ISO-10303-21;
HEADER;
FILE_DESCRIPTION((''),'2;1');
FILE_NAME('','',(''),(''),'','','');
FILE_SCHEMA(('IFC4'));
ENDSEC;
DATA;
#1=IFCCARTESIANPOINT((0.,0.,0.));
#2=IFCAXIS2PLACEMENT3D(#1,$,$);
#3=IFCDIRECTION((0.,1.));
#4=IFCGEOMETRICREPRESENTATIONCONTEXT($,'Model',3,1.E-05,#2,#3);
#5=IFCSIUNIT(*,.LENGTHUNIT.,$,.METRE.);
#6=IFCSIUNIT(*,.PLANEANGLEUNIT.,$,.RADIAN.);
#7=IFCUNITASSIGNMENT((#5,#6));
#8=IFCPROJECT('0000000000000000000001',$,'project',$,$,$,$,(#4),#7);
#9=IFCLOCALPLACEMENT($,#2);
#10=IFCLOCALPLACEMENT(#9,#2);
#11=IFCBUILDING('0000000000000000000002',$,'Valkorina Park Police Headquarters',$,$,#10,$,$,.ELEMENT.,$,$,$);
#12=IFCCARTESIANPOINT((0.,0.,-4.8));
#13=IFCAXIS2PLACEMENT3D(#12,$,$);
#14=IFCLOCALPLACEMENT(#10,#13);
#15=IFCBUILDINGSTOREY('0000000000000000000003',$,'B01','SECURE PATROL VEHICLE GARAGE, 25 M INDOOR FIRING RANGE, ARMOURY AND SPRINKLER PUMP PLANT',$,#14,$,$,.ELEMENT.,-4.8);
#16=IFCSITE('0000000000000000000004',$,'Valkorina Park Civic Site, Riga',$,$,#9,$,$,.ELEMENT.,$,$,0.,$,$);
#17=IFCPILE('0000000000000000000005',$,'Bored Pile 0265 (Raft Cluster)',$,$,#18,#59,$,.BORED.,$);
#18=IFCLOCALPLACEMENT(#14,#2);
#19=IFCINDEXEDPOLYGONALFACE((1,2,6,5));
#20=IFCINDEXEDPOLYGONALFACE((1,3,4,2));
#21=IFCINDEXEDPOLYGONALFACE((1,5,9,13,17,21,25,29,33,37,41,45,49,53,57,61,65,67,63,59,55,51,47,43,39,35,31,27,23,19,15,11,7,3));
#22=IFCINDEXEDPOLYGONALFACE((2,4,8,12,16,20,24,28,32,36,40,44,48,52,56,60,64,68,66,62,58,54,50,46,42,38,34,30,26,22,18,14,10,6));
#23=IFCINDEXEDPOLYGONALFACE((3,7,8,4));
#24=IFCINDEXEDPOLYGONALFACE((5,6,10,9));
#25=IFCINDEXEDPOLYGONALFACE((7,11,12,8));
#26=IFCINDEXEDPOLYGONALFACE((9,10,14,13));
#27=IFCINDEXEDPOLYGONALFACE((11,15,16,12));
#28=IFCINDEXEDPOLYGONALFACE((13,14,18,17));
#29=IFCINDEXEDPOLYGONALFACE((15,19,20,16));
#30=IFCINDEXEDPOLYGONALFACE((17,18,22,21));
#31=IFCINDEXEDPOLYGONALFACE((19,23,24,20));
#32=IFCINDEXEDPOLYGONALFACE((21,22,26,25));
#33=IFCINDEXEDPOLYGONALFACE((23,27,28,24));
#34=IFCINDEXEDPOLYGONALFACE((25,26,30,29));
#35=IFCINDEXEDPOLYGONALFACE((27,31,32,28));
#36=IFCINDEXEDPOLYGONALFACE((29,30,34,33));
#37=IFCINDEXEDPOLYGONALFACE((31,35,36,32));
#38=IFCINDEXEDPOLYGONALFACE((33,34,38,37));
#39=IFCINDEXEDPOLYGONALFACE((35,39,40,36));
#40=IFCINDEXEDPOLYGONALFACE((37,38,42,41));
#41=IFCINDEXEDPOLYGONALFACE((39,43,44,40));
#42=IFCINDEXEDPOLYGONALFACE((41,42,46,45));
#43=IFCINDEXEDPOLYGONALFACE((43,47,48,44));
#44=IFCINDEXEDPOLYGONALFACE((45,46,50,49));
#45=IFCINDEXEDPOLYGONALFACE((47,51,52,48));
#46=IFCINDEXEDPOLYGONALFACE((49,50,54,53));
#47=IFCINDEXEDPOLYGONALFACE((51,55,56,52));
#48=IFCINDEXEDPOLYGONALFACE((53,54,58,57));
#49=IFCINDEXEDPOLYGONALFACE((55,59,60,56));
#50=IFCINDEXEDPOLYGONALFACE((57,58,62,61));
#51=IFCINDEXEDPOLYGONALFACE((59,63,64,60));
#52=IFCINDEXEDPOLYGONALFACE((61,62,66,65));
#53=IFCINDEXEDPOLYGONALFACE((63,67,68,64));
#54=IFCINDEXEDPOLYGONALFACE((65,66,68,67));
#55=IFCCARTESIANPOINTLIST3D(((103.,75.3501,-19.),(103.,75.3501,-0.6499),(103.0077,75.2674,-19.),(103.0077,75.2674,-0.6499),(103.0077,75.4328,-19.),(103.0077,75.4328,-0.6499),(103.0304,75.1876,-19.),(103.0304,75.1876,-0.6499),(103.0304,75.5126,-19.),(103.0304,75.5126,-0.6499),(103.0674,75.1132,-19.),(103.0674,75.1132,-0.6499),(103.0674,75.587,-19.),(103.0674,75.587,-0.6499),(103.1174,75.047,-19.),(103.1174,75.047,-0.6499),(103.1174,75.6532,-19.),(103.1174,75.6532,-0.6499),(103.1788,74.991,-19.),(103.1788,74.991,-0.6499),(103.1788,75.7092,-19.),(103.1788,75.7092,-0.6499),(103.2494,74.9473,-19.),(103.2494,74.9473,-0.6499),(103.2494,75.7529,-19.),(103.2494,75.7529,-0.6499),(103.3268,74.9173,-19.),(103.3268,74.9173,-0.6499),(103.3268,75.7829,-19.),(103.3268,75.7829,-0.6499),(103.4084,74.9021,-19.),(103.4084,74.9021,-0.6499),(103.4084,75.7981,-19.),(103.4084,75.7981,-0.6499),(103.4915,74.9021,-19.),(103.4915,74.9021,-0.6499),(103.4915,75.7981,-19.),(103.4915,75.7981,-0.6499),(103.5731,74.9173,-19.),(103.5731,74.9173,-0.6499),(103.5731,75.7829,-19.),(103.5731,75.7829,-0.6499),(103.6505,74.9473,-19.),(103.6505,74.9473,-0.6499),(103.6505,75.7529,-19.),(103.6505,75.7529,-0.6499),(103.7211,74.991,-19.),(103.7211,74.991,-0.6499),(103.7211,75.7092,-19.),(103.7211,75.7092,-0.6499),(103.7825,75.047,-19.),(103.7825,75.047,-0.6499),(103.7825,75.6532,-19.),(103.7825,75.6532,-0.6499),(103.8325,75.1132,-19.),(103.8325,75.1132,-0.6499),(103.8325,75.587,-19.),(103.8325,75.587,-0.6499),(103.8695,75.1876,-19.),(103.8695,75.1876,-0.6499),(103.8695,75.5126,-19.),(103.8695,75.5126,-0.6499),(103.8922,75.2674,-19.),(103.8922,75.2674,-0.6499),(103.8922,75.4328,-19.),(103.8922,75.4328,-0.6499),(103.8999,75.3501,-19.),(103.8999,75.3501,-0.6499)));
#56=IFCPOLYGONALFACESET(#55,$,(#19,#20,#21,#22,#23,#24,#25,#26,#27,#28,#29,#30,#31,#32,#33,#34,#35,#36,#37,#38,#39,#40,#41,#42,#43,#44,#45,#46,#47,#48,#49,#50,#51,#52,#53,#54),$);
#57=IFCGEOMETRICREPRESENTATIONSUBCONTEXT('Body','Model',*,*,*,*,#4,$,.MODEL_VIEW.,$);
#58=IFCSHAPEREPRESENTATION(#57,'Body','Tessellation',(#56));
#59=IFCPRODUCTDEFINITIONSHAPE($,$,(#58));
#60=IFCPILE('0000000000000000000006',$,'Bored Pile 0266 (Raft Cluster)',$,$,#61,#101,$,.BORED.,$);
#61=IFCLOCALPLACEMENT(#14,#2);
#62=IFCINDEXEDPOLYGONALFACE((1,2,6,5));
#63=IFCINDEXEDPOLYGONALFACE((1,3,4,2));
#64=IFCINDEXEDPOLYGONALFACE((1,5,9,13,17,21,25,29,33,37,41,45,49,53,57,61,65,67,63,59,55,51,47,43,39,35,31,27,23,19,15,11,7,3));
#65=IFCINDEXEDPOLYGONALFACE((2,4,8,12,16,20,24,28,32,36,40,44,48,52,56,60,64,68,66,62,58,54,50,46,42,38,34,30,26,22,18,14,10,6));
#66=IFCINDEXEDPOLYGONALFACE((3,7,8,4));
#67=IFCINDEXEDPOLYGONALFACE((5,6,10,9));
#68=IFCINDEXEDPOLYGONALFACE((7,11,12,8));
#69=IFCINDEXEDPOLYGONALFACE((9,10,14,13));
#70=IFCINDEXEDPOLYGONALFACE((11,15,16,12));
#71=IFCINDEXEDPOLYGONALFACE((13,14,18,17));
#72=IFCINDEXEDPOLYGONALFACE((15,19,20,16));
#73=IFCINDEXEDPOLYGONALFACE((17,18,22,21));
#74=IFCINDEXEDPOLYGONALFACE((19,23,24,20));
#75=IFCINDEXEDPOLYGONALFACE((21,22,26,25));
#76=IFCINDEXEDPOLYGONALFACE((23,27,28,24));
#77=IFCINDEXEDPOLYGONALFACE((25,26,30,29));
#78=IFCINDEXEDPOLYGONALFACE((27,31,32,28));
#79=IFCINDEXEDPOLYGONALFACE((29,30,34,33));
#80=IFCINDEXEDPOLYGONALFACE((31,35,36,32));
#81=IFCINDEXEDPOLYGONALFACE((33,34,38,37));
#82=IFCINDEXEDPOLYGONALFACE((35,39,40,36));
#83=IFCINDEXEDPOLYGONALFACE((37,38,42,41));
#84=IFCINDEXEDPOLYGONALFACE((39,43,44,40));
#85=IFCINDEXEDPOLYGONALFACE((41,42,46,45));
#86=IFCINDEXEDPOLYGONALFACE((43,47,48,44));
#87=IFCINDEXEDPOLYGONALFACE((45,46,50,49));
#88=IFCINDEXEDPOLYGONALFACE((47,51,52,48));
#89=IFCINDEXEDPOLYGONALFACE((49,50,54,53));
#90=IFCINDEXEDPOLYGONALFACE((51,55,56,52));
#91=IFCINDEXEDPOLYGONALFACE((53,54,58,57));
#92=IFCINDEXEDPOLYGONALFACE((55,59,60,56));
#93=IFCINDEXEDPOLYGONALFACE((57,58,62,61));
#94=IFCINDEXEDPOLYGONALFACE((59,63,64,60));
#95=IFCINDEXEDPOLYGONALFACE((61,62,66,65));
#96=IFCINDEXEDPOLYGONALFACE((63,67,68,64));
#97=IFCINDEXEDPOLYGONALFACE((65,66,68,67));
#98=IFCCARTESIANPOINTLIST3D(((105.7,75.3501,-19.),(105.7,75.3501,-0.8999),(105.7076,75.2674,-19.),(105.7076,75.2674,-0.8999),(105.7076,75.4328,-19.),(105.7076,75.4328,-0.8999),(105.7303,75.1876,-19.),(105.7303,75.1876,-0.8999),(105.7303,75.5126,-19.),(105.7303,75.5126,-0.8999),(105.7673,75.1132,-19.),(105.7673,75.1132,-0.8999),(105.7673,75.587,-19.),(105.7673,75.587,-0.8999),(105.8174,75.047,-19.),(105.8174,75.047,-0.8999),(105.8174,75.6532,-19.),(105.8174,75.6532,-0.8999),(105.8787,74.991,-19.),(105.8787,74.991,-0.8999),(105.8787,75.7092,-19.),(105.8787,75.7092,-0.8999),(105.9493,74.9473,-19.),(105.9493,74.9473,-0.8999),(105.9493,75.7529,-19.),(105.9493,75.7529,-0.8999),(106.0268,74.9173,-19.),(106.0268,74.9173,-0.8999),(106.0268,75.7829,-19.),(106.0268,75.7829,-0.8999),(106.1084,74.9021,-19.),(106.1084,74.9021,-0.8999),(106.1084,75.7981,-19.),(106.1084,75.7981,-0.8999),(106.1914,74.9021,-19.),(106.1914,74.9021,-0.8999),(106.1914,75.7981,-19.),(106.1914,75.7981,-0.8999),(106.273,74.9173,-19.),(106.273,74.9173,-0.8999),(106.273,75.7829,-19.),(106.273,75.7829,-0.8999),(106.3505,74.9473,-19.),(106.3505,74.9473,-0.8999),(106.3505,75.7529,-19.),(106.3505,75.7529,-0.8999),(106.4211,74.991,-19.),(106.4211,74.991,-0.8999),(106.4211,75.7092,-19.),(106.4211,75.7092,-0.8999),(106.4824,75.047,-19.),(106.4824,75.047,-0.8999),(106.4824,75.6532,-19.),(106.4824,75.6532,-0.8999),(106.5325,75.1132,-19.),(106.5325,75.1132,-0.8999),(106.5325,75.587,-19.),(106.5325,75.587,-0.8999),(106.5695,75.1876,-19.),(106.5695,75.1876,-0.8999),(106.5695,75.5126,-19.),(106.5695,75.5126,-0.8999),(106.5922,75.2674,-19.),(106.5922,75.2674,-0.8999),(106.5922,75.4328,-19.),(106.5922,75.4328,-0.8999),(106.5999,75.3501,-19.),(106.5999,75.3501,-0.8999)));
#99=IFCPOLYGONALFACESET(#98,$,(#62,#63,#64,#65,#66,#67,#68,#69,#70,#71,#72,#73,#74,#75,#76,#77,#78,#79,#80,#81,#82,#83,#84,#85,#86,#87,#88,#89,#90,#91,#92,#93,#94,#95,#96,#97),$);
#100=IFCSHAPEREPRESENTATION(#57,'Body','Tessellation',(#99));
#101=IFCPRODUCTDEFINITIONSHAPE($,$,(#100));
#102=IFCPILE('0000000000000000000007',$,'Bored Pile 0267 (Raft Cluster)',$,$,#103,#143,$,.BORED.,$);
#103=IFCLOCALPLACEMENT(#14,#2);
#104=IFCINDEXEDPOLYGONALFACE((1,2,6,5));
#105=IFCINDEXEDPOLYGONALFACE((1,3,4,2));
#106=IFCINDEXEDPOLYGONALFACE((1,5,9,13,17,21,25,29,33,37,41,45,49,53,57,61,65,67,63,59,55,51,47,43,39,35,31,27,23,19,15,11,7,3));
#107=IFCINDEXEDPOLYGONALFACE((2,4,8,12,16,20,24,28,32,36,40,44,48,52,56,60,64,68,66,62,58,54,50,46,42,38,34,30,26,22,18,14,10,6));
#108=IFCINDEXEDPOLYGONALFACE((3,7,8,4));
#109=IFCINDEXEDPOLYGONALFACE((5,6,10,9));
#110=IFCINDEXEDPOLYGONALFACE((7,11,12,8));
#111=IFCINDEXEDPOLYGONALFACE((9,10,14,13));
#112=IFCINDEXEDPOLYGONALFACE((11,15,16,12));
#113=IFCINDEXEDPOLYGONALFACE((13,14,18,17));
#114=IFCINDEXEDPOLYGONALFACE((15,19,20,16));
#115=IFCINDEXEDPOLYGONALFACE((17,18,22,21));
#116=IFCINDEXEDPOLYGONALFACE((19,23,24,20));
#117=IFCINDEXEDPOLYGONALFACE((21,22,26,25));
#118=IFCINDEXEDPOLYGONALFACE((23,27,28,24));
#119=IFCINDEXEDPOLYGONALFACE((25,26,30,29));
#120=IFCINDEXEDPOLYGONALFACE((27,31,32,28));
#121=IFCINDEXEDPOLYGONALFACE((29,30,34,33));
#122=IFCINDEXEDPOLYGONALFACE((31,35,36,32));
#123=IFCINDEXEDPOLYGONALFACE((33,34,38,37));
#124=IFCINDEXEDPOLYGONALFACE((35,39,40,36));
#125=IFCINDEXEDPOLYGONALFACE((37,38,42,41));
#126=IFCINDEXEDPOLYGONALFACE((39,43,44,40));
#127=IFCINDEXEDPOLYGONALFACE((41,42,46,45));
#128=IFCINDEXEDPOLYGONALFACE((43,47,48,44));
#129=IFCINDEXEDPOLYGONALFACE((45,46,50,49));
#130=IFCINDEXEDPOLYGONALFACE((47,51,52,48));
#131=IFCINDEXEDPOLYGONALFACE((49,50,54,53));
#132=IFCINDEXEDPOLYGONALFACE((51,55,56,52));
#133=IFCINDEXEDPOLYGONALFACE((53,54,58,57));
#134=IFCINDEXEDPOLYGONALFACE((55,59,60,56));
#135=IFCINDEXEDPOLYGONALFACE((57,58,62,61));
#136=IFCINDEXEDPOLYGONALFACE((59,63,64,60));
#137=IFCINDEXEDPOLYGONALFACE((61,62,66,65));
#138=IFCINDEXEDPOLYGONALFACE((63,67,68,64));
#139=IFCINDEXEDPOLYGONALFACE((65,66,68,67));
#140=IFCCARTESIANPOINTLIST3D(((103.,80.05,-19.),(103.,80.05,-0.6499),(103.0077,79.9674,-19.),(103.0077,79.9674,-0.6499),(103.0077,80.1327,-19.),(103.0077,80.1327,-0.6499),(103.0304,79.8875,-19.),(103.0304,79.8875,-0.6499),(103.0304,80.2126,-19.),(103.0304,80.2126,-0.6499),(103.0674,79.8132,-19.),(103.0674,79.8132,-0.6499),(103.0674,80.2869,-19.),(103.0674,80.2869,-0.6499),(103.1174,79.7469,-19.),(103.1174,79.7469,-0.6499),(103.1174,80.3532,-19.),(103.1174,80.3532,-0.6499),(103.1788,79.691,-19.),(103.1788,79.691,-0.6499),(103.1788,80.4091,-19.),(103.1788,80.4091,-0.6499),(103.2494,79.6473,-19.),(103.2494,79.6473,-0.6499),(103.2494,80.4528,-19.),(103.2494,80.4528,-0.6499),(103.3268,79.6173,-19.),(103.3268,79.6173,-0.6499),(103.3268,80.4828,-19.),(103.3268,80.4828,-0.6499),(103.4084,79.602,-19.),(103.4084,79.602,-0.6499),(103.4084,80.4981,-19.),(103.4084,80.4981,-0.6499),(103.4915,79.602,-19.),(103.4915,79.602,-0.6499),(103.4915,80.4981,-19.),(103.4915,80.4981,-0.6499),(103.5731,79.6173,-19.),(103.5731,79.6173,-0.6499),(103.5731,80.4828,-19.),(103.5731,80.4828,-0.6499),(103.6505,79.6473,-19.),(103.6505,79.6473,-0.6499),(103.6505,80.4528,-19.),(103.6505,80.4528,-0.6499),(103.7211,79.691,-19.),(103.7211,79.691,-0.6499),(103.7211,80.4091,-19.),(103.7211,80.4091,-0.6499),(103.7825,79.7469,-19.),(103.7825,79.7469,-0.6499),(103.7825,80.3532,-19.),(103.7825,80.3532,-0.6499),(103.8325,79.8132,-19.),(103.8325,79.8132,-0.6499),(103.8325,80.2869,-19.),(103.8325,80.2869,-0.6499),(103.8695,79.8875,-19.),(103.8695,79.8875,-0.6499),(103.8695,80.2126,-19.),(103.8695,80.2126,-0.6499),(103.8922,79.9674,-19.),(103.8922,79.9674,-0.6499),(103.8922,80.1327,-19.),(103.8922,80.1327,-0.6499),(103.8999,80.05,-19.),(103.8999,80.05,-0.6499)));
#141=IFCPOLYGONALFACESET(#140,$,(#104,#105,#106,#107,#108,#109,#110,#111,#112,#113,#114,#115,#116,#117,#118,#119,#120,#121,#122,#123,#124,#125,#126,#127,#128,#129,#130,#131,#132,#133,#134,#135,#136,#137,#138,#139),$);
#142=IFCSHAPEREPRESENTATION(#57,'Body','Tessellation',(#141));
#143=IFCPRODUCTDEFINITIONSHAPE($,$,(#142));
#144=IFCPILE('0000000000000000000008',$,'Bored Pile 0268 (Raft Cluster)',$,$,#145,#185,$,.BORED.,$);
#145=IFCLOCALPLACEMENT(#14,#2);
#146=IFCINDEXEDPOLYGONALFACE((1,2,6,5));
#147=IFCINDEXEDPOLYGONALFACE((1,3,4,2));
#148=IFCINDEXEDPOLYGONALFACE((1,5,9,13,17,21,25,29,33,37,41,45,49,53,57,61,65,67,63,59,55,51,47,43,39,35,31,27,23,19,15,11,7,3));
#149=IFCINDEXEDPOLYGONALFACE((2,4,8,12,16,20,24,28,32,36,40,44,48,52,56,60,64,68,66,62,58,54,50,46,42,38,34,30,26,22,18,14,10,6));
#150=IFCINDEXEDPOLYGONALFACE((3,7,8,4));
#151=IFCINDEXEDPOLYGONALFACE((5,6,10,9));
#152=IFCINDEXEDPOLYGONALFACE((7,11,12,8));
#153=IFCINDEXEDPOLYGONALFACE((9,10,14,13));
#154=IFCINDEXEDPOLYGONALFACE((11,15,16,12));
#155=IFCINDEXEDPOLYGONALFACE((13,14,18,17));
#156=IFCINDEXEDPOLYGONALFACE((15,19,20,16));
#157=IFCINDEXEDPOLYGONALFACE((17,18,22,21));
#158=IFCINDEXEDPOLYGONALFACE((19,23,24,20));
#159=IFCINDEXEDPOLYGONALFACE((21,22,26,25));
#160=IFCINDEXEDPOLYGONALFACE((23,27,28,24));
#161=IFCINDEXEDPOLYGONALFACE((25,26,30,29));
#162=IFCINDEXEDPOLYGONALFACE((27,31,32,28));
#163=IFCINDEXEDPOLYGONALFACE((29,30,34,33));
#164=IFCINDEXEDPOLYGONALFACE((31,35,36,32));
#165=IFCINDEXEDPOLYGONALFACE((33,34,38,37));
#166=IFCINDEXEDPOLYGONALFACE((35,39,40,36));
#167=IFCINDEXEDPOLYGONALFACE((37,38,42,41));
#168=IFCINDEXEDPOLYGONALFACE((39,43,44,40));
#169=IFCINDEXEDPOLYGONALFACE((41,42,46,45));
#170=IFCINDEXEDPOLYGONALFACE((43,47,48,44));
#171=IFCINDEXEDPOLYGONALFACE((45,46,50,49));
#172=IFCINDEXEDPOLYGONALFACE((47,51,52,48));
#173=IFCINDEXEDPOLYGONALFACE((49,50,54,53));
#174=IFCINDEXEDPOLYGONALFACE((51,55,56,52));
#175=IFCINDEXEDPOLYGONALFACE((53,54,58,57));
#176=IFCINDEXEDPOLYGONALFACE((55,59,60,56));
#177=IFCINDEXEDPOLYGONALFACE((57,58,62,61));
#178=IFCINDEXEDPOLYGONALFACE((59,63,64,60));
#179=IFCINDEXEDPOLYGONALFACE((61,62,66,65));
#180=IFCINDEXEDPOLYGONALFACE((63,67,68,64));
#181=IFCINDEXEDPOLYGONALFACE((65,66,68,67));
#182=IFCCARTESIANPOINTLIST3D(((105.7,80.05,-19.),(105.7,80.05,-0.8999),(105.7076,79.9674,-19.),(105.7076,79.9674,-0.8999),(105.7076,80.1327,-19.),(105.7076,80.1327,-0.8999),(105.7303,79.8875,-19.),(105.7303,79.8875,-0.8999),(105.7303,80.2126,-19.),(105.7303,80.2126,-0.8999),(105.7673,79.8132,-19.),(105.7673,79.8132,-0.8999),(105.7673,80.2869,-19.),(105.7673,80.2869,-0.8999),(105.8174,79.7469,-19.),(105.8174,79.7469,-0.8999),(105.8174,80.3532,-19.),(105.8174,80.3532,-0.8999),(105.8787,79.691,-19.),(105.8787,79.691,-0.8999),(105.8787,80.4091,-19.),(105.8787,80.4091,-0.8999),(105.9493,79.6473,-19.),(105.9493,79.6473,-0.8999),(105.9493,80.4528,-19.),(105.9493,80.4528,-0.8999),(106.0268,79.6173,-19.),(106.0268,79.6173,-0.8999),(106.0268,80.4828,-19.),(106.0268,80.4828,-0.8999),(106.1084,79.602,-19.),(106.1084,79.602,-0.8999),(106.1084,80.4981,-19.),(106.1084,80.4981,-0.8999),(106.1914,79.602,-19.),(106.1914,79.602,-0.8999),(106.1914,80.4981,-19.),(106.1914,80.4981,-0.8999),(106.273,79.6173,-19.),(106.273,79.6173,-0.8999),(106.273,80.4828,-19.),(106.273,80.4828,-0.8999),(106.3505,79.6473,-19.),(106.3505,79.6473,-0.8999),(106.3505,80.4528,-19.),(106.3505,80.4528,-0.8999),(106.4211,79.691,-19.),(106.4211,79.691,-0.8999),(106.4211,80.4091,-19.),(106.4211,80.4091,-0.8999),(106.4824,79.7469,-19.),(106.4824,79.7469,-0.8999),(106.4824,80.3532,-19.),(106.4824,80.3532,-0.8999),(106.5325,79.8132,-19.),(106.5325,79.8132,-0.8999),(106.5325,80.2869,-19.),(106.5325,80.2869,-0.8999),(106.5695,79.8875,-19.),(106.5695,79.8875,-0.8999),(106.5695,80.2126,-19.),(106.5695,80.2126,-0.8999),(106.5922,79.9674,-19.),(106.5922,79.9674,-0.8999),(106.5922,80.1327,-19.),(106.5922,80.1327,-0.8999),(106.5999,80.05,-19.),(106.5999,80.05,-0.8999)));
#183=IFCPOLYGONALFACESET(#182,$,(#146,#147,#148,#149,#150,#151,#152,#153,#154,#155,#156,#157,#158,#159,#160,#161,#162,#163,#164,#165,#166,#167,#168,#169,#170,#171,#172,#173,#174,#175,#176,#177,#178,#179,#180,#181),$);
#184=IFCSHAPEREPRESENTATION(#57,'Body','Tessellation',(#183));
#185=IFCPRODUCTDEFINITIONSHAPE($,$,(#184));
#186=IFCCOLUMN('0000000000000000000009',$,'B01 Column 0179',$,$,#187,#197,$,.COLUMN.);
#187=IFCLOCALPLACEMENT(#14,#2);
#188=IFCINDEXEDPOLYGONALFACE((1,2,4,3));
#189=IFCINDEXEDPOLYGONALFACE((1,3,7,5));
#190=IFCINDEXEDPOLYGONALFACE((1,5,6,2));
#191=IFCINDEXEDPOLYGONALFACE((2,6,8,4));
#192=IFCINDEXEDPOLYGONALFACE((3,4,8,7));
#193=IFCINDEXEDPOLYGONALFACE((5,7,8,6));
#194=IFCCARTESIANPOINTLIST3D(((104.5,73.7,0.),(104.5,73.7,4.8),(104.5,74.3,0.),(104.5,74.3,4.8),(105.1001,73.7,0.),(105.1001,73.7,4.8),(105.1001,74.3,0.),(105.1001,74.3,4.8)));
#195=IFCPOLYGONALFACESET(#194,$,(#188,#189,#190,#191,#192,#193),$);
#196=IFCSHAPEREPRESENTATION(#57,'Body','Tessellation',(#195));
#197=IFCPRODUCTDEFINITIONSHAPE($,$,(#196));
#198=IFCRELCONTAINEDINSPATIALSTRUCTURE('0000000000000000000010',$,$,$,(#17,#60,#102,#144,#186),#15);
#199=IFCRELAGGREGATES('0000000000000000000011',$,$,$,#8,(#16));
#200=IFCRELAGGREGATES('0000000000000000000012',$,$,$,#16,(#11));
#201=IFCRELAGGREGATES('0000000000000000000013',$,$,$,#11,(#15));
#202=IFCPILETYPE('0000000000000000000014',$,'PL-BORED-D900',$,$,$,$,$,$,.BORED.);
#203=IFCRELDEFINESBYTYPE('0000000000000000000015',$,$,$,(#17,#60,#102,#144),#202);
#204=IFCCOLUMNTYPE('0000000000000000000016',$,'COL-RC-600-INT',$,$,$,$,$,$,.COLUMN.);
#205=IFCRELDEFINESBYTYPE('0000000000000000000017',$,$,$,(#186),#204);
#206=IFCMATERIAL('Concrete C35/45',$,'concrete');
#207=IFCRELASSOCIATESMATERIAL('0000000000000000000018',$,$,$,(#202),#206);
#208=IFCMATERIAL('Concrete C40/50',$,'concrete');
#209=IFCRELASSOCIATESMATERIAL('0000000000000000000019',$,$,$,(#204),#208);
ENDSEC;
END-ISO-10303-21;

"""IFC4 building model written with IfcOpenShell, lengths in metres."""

from ifc_helpers import new_model, si_unit, direction, frame, origin, origin_2d, place, context, subcontext, project, spatial, rectangle, circle, extrude, material, material_profile, profile_set, type_object, element, save


model = new_model("IFC4")

# Units and contexts
model_context = context("Model", 3, precision=1e-05, world=origin(), true_north=direction((0.0, 1.0)))
body_context = subcontext(model_context, "Body", "Model", "MODEL_VIEW")
ifc_project = project(units=[si_unit("LENGTHUNIT", "METRE"), si_unit("PLANEANGLEUNIT", "RADIAN")], contexts=[model_context])

# Site, building, storey
site_placement = place(None, origin())
site = spatial("IfcSite", under=ifc_project, at=site_placement, Name="Valkorina Park Civic Site, Riga", CompositionType="ELEMENT", RefElevation=0.0)
building_placement = place(site_placement, origin())
building = spatial("IfcBuilding", under=site, at=building_placement, Name="Valkorina Park Police Headquarters", CompositionType="ELEMENT")
storey_placement = place(building_placement, frame((0.0, 0.0, -4.8)))
storey = spatial("IfcBuildingStorey", under=building, at=storey_placement, Name="B01", Description="SECURE PATROL VEHICLE GARAGE, 25 M INDOOR FIRING RANGE, ARMOURY AND SPRINKLER PUMP PLANT", CompositionType="ELEMENT", Elevation=-4.8)

# Piles
ifc_material_1 = material(Name="Concrete C35/45", Category="concrete")
ifc_material_profile_1 = material_profile(ifc_material_1, circle(Radius=0.45, at=origin_2d()), Name="BORED PILE D900")
ifc_profile_set_1 = profile_set([ifc_material_profile_1], Name="Concrete C35/45")
pile_type = type_object("IfcPileType", Name="PL-BORED-D900", PredefinedType="BORED", material=ifc_profile_set_1)
pile_1_placement = place(storey_placement, frame((103.45, 75.3501, -0.6499), z_axis=(0.0, 0.0, -1.0), x_axis=(1.0, 0.0, 0.0)))
element("IfcPile", 1, at=pile_1_placement, inside=storey, type_object=pile_type, Name="Bored Pile 0265 (Raft Cluster)", PredefinedType="BORED", context=body_context, shape_type="SweptSolid", body=[
    extrude(circle(Radius=0.45, at=origin_2d()), origin(), (0.0, 0.0, 1.0), 18.3501),
])
pile_2_placement = place(storey_placement, frame((106.1499, 75.3501, -0.8999), z_axis=(0.0, 0.0, -1.0), x_axis=(1.0, 0.0, 0.0)))
element("IfcPile", 2, at=pile_2_placement, inside=storey, type_object=pile_type, Name="Bored Pile 0266 (Raft Cluster)", PredefinedType="BORED", context=body_context, shape_type="SweptSolid", body=[
    extrude(circle(Radius=0.45, at=origin_2d()), origin(), (0.0, 0.0, 1.0), 18.1001),
])
pile_3_placement = place(storey_placement, frame((103.45, 80.05, -0.6499), z_axis=(0.0, 0.0, -1.0), x_axis=(1.0, 0.0, 0.0)))
element("IfcPile", 3, at=pile_3_placement, inside=storey, type_object=pile_type, Name="Bored Pile 0267 (Raft Cluster)", PredefinedType="BORED", context=body_context, shape_type="SweptSolid", body=[
    extrude(circle(Radius=0.45, at=origin_2d()), origin(), (0.0, 0.0, 1.0), 18.3501),
])
pile_4_placement = place(storey_placement, frame((106.1499, 80.05, -0.8999), z_axis=(0.0, 0.0, -1.0), x_axis=(1.0, 0.0, 0.0)))
element("IfcPile", 4, at=pile_4_placement, inside=storey, type_object=pile_type, Name="Bored Pile 0268 (Raft Cluster)", PredefinedType="BORED", context=body_context, shape_type="SweptSolid", body=[
    extrude(circle(Radius=0.45, at=origin_2d()), origin(), (0.0, 0.0, 1.0), 18.1001),
])

# Column
ifc_material_2 = material(Name="Concrete C40/50", Category="concrete")
ifc_material_profile_2 = material_profile(ifc_material_2, rectangle(XDim=0.6001, YDim=0.6001, at=origin_2d()), Name="RC COL 600x600")
ifc_profile_set_2 = profile_set([ifc_material_profile_2], Name="Concrete C40/50")
column_type = type_object("IfcColumnType", Name="COL-RC-600-INT", PredefinedType="COLUMN", material=ifc_profile_set_2)
for number, where, z_axis, x_axis, name in (
    (5, (104.8, 74.0, 0.0), (0.0, 0.0, 1.0), (1.0, 0.0, 0.0), "B01 Column 0179"),
):
    element("IfcColumn", number, at=place(storey_placement, frame(where, z_axis=z_axis, x_axis=x_axis)), inside=storey, type_object=column_type, Name=name, PredefinedType="COLUMN", context=body_context, shape_type="SweptSolid", body=[
        extrude(rectangle(XDim=0.6001, YDim=0.6001, at=origin_2d()), origin(), (0.0, 0.0, 1.0), 4.8),
    ])

save(model, "model.ifc")
